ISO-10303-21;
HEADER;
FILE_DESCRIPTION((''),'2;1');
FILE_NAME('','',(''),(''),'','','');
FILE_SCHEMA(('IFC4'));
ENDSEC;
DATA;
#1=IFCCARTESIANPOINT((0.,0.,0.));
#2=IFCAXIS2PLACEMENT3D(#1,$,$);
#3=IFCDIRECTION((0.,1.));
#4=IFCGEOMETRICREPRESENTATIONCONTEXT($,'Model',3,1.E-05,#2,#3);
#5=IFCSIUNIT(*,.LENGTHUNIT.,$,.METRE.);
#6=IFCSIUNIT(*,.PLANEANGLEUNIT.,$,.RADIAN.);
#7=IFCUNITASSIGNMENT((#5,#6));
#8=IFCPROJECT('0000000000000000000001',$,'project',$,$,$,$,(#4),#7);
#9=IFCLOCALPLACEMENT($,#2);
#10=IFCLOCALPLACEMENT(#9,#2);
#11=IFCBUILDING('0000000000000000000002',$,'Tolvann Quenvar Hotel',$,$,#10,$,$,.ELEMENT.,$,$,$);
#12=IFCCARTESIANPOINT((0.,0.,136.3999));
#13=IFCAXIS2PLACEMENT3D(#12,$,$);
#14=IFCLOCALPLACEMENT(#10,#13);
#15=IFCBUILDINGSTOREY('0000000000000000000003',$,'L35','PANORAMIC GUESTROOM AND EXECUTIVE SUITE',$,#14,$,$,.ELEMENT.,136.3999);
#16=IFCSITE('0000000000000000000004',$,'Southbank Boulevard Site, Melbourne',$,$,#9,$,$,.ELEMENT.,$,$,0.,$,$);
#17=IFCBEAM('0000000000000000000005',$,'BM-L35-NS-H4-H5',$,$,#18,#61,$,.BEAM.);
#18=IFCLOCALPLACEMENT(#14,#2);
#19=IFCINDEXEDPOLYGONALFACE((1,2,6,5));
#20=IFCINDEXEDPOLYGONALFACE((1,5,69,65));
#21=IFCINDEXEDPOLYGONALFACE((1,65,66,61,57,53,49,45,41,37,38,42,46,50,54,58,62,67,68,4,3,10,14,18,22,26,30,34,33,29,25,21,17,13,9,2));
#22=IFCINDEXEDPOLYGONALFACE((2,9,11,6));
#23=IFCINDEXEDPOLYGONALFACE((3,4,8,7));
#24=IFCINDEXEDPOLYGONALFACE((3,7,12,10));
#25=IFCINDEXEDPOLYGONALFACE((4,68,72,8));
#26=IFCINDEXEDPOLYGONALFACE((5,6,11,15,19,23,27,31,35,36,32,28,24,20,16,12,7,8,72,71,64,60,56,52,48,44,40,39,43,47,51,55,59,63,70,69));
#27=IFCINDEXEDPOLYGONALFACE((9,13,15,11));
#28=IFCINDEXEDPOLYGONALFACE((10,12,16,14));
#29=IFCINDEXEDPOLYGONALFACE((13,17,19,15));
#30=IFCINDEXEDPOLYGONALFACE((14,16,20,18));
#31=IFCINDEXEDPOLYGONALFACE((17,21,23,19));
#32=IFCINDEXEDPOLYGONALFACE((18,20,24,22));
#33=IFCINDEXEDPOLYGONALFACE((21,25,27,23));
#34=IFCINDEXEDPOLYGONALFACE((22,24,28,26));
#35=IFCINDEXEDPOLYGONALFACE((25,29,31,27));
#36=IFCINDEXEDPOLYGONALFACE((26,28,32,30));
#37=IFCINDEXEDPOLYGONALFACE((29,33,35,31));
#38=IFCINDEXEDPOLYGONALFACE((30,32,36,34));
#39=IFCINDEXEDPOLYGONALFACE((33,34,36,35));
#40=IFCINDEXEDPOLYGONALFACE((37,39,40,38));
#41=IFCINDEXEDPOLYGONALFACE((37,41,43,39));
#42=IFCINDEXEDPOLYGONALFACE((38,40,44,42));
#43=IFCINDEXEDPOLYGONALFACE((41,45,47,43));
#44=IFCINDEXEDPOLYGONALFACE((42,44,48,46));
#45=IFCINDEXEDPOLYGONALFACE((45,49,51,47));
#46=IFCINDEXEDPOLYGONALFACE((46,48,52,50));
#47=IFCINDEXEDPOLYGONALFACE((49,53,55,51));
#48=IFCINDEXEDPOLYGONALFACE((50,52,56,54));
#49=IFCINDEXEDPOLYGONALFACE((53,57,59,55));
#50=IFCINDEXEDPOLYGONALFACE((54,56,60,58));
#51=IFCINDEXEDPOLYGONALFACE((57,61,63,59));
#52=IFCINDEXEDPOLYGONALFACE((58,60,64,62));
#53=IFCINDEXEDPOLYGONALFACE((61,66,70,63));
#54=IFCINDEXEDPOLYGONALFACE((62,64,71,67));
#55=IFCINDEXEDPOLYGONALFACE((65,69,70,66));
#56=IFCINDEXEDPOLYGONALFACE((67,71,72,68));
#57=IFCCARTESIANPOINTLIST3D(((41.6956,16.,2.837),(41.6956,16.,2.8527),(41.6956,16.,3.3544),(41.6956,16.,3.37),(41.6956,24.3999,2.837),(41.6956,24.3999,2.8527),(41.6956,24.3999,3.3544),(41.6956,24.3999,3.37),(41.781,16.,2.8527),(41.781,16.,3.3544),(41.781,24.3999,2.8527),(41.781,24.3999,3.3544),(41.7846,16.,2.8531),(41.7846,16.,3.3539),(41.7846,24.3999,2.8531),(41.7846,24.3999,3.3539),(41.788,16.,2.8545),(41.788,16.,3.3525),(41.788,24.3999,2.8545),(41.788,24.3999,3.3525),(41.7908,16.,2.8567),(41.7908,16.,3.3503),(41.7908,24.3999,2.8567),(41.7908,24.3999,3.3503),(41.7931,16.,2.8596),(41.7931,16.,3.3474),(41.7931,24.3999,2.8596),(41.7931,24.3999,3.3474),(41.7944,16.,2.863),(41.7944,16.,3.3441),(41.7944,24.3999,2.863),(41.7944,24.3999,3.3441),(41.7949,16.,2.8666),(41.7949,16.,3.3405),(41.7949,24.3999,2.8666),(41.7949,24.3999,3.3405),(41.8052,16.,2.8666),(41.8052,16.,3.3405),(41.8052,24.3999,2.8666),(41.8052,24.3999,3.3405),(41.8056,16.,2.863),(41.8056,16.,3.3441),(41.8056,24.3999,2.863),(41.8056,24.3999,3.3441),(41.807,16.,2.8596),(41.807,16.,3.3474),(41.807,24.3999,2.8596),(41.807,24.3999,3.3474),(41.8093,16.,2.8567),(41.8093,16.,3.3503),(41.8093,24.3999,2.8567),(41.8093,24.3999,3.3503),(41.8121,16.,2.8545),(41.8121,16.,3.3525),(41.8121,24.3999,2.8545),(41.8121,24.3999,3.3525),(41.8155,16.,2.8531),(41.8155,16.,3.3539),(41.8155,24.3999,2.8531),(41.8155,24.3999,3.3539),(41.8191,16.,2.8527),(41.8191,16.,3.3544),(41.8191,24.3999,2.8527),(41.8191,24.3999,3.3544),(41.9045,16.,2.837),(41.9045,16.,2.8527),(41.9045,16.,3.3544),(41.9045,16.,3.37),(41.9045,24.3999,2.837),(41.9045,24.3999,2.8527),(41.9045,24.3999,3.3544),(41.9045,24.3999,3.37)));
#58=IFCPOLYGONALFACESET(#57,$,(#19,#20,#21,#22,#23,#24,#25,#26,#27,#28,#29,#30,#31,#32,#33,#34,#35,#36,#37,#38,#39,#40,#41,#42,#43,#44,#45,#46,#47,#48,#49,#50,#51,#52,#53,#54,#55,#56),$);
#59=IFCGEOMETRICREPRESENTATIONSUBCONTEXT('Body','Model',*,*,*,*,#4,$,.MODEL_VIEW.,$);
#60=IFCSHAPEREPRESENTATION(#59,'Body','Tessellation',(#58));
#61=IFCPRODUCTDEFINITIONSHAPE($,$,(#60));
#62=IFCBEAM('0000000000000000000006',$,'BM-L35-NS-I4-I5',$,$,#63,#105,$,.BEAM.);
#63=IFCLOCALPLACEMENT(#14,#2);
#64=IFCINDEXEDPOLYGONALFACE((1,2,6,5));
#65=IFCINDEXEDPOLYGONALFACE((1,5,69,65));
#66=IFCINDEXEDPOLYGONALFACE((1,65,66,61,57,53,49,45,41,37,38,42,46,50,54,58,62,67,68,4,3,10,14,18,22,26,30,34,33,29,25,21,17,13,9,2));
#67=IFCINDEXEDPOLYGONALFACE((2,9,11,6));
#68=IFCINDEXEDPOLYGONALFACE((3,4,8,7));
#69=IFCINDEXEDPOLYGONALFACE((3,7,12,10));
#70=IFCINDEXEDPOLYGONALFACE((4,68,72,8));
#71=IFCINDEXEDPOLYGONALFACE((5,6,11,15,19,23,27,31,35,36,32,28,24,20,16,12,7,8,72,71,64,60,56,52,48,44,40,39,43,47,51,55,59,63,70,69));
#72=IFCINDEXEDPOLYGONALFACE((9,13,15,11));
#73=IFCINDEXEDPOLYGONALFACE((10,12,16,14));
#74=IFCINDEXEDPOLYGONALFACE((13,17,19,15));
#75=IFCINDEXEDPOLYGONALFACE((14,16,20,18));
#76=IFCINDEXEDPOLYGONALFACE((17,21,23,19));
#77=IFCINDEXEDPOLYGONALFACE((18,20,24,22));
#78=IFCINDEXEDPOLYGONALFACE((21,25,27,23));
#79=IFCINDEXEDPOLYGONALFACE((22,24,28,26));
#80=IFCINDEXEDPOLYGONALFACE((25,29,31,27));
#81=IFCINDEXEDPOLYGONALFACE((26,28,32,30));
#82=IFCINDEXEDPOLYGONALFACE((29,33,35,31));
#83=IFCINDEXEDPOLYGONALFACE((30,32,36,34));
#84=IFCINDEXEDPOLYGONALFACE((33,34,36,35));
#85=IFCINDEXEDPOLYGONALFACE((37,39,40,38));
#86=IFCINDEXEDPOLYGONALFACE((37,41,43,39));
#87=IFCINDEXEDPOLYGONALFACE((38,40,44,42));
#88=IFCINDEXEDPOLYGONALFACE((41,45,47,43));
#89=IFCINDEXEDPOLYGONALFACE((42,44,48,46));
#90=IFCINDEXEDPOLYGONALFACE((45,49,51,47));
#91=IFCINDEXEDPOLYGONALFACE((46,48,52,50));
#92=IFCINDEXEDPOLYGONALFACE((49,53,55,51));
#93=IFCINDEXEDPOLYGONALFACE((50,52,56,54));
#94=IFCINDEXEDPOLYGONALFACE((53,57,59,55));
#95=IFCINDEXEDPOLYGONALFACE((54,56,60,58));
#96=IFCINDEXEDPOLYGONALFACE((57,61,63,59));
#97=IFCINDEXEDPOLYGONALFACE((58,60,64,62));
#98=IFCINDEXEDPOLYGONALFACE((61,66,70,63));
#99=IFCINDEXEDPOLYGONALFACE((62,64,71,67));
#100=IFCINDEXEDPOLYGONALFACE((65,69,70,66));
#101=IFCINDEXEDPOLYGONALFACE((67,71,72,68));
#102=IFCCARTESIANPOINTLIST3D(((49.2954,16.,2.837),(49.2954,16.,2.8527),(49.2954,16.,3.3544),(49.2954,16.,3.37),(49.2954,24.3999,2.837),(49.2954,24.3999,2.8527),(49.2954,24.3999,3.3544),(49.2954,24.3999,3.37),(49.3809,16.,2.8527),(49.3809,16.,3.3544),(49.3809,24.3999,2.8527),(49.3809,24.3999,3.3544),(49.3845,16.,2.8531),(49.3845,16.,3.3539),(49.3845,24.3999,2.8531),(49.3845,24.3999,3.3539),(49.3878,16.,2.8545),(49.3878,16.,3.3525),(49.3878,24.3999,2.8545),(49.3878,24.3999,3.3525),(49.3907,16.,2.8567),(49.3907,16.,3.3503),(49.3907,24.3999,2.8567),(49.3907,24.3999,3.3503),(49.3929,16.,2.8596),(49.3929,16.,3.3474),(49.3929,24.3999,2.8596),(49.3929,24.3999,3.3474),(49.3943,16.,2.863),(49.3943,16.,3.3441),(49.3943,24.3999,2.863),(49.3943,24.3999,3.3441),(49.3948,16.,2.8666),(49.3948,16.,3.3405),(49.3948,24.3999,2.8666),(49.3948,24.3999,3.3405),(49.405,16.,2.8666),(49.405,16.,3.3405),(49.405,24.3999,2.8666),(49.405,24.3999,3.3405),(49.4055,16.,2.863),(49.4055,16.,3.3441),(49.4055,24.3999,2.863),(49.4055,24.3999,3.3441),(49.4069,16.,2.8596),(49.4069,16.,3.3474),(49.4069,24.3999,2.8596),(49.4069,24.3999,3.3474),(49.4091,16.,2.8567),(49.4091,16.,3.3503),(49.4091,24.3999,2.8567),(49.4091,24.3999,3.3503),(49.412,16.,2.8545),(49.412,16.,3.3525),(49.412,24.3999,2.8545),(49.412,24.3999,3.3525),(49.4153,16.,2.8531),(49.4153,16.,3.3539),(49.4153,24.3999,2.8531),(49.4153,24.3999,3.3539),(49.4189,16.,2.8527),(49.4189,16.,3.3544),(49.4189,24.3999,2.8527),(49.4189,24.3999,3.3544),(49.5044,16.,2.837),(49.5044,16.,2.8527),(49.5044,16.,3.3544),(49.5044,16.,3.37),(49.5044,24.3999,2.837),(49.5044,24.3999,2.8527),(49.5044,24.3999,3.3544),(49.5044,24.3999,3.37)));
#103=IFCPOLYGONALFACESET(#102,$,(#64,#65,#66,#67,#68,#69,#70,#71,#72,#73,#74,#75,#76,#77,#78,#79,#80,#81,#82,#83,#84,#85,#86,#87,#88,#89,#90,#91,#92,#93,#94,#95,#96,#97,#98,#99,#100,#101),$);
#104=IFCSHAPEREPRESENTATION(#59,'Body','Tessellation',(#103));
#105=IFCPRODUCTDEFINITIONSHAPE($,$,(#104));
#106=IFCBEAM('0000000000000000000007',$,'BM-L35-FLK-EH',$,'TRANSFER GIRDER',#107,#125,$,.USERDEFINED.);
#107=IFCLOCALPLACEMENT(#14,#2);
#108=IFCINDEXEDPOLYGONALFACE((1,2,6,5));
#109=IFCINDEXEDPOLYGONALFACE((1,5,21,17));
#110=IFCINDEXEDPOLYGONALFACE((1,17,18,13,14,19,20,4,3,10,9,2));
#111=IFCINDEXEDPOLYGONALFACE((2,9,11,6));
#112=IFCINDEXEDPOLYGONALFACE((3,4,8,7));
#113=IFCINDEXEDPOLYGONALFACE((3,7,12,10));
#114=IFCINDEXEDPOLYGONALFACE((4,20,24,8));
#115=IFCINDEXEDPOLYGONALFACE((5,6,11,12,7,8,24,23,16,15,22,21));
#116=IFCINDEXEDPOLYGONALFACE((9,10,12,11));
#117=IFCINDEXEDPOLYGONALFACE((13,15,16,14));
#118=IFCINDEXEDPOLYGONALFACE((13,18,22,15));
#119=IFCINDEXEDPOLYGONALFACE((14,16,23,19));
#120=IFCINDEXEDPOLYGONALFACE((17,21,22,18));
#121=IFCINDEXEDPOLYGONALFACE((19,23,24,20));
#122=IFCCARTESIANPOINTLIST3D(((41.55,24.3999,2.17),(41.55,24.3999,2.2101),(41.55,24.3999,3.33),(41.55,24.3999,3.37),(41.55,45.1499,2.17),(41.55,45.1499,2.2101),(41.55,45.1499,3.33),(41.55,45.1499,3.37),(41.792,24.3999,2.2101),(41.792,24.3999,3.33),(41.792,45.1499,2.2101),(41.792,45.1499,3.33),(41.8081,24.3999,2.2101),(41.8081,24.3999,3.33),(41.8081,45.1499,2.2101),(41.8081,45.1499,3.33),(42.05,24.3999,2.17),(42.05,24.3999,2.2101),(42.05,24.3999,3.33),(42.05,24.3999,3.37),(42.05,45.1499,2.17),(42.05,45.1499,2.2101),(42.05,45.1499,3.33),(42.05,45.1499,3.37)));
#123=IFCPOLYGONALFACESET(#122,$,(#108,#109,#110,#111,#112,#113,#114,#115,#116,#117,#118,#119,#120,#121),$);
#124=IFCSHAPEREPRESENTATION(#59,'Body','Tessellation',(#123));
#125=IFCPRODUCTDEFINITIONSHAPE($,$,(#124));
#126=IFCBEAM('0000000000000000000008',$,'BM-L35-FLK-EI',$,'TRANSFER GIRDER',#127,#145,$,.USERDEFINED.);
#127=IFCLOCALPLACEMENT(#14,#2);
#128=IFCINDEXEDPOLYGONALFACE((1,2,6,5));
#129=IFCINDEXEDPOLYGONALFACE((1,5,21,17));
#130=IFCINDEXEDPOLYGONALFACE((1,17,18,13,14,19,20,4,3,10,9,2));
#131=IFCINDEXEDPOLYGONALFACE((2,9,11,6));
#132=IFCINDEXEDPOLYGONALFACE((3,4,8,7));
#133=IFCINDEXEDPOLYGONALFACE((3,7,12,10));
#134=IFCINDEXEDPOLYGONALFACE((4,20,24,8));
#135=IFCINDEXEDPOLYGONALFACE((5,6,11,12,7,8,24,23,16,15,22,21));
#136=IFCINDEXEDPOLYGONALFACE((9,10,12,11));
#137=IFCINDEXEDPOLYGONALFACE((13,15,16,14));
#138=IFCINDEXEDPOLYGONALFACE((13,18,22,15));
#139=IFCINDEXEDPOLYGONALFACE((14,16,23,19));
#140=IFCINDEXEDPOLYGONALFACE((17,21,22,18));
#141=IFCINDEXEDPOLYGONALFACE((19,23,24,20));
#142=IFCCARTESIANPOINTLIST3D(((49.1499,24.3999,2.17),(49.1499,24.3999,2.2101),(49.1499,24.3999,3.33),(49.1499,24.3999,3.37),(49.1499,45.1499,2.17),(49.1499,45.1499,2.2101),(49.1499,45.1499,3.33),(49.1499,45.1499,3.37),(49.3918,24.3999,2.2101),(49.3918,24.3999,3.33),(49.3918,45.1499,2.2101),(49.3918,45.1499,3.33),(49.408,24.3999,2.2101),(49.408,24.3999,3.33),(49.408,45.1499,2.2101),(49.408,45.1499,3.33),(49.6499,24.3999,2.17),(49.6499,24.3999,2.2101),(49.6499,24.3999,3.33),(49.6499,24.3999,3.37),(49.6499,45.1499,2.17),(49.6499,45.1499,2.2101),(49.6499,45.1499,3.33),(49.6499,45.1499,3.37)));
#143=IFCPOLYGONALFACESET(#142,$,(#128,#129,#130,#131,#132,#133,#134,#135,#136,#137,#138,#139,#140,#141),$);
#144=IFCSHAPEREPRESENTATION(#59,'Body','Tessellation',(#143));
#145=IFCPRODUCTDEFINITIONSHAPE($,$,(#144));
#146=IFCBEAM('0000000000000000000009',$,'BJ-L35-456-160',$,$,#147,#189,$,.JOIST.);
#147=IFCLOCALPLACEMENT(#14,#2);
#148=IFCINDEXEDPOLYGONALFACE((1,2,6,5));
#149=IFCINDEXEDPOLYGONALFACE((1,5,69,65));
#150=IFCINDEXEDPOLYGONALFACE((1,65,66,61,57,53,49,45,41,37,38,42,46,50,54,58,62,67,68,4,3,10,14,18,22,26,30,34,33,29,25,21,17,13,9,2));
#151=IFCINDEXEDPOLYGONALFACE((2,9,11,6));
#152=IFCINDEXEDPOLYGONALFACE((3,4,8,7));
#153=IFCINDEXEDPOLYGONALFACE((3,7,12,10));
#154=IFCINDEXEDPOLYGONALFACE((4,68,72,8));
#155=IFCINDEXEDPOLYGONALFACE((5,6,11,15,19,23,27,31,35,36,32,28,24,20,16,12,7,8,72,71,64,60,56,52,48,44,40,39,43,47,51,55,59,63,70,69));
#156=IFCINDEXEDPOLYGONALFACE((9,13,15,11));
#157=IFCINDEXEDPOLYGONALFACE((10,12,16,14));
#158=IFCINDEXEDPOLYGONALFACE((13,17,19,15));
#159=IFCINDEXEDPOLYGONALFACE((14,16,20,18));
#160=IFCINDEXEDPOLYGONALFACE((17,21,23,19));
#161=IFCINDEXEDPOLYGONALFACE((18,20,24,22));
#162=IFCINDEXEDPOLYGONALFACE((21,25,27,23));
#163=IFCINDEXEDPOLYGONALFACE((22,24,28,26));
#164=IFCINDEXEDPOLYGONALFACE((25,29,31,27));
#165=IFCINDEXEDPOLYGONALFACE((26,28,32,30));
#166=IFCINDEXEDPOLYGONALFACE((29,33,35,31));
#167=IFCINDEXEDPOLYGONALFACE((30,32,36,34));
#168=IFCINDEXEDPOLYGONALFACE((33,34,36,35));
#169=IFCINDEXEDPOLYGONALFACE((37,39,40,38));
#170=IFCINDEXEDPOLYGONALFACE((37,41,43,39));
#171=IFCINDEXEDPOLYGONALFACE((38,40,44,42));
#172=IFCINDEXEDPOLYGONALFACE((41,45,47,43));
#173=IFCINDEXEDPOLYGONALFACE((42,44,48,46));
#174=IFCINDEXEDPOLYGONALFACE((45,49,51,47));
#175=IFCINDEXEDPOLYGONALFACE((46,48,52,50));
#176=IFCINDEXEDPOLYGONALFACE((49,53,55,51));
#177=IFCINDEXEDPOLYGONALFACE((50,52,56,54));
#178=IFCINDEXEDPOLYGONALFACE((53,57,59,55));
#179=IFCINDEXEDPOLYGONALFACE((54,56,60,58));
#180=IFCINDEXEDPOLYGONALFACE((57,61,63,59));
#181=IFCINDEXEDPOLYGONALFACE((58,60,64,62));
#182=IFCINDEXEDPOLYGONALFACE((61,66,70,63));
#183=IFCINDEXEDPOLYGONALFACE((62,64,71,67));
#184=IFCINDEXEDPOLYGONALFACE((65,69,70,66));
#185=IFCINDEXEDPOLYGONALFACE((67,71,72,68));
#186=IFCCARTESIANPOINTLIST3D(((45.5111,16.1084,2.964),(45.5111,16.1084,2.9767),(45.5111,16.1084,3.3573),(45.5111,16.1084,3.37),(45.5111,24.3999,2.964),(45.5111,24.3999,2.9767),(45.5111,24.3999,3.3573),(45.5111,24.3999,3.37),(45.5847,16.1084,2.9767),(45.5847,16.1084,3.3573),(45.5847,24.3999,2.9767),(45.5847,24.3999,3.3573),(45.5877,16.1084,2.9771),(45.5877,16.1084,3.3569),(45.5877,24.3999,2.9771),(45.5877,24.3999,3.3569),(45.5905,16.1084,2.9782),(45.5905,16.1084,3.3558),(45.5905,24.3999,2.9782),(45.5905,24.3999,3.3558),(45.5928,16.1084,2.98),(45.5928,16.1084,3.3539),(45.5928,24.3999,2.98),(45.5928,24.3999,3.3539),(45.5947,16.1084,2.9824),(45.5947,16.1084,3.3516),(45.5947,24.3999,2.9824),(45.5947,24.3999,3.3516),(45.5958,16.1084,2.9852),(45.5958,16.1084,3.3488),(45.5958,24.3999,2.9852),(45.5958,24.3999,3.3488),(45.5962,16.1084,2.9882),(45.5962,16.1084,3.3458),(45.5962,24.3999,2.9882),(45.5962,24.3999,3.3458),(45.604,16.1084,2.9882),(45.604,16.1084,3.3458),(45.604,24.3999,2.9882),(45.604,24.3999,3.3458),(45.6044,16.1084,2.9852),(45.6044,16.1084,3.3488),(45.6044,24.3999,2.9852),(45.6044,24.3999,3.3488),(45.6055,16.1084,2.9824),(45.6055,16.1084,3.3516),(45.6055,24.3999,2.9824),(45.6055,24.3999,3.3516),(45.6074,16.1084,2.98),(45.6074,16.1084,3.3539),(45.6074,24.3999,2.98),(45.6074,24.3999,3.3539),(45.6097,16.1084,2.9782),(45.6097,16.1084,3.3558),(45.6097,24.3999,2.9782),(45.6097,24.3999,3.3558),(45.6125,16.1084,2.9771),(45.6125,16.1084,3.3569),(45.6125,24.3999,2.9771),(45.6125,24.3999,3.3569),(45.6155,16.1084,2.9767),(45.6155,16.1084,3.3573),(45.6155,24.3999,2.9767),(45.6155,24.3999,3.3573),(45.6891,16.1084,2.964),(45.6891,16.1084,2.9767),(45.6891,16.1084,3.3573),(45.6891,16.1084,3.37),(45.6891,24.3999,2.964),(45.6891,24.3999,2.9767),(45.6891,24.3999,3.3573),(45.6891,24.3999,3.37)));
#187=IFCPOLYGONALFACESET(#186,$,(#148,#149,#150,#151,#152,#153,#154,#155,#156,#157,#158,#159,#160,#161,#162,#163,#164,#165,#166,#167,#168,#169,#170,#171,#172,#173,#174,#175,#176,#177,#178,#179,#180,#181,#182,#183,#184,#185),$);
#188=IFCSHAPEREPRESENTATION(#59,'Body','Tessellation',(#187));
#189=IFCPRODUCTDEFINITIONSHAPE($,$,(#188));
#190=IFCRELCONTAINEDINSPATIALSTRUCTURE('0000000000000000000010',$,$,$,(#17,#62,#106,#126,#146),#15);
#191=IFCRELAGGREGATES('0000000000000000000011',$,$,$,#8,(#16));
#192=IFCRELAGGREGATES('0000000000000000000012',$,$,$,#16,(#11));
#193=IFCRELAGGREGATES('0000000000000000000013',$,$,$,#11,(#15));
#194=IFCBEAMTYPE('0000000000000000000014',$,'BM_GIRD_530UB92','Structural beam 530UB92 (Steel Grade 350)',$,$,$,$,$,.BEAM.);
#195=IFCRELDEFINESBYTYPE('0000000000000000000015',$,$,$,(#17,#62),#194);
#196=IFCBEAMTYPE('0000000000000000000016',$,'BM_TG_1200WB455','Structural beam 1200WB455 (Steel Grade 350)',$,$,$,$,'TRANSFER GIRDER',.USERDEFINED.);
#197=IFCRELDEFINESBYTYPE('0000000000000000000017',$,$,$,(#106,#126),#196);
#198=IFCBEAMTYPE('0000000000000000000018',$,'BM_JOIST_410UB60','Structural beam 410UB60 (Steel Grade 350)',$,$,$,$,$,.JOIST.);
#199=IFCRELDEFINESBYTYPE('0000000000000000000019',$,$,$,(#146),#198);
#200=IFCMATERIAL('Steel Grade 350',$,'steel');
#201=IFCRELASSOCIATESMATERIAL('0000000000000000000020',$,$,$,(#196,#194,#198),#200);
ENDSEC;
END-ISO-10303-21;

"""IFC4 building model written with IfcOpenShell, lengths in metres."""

from ifc_helpers import new_model, si_unit, direction, frame, origin, origin_2d, place, context, subcontext, project, spatial, i_section, extrude, source, transform, mapped, material, material_profile, profile_set, type_object, type_shapes, element, save


model = new_model("IFC4")

# Units and contexts
model_context = context("Model", 3, precision=1e-05, world=origin(), true_north=direction((0.0, 1.0)))
body_context = subcontext(model_context, "Body", "Model", "MODEL_VIEW")
ifc_project = project(units=[si_unit("LENGTHUNIT", "METRE"), si_unit("PLANEANGLEUNIT", "RADIAN")], contexts=[model_context])

# Site, building, storey
site_placement = place(None, origin())
site = spatial("IfcSite", under=ifc_project, at=site_placement, Name="Southbank Boulevard Site, Melbourne", CompositionType="ELEMENT", RefElevation=0.0)
building_placement = place(site_placement, origin())
building = spatial("IfcBuilding", under=site, at=building_placement, Name="Tolvann Quenvar Hotel", CompositionType="ELEMENT")
storey_placement = place(building_placement, frame((0.0, 0.0, 136.3999)))
storey = spatial("IfcBuildingStorey", under=building, at=storey_placement, Name="L35", Description="PANORAMIC GUESTROOM AND EXECUTIVE SUITE", CompositionType="ELEMENT", Elevation=136.3999)

# Shared definitions
ifc_material_1 = material(Name="Steel Grade 350", Category="steel")

# Beams
ifc_material_profile_1 = material_profile(ifc_material_1, i_section(OverallWidth=0.5, OverallDepth=1.2, WebThickness=0.0161, FlangeThickness=0.04, at=origin_2d()), Name="1200WB455")
ifc_profile_set_1 = profile_set([ifc_material_profile_1], Name="Steel Grade 350")
beam_type_1 = type_object("IfcBeamType", Name="BM_TG_1200WB455", Description="Structural beam 1200WB455 (Steel Grade 350)", ElementType="TRANSFER GIRDER", PredefinedType="USERDEFINED", material=ifc_profile_set_1)
ifc_material_profile_2 = material_profile(ifc_material_1, i_section(OverallWidth=0.209, OverallDepth=0.533, WebThickness=0.0103, FlangeThickness=0.0156, FilletRadius=0.0139, at=origin_2d()), Name="530UB92")
ifc_profile_set_2 = profile_set([ifc_material_profile_2], Name="Steel Grade 350")
beam_type_2 = type_object("IfcBeamType", Name="BM_GIRD_530UB92", Description="Structural beam 530UB92 (Steel Grade 350)", PredefinedType="BEAM", material=ifc_profile_set_2)
shared_shape_1 = source(origin(), body_context, "Body", "SweptSolid", [
    extrude(i_section(OverallWidth=0.209, OverallDepth=0.533, WebThickness=0.0103, FlangeThickness=0.0156, FilletRadius=0.0139, at=origin_2d()), origin(), (0.0, 0.0, 1.0), 8.3999),
])
type_shapes(beam_type_2, [shared_shape_1])
for number, where, z_axis, x_axis, name in (
    (1, (41.8, 16.0, 3.1035), (0.0, 1.0, 0.0), (-1.0, 0.0, 0.0), "BM-L35-NS-H4-H5"),
    (2, (49.3999, 16.0, 3.1035), (0.0, 1.0, 0.0), (-1.0, 0.0, 0.0), "BM-L35-NS-I4-I5"),
):
    element("IfcBeam", number, at=place(storey_placement, frame(where, z_axis=z_axis, x_axis=x_axis)), inside=storey, type_object=beam_type_2, Name=name, PredefinedType="BEAM", context=body_context, shape_type="MappedRepresentation", body=[
        mapped(shared_shape_1, transform((0.0, 0.0, 0.0), x_axis=(1.0, 0.0, 0.0), y_axis=(0.0, 1.0, 0.0), z_axis=(0.0, 0.0, 1.0), scale=1.0)),
    ])
shared_shape_2 = source(origin(), body_context, "Body", "SweptSolid", [
    extrude(i_section(OverallWidth=0.5, OverallDepth=1.2, WebThickness=0.0161, FlangeThickness=0.04, at=origin_2d()), origin(), (0.0, 0.0, 1.0), 20.75),
])
for number, where, z_axis, x_axis, name in (
    (3, (41.8, 24.3999, 2.77), (0.0, 1.0, 0.0), (-1.0, 0.0, 0.0), "BM-L35-FLK-EH"),
    (4, (49.3999, 24.3999, 2.77), (0.0, 1.0, 0.0), (-1.0, 0.0, 0.0), "BM-L35-FLK-EI"),
):
    element("IfcBeam", number, at=place(storey_placement, frame(where, z_axis=z_axis, x_axis=x_axis)), inside=storey, type_object=beam_type_1, Name=name, ObjectType="TRANSFER GIRDER", PredefinedType="USERDEFINED", context=body_context, shape_type="MappedRepresentation", body=[
        mapped(shared_shape_2, transform((0.0, 0.0, 0.0), x_axis=(1.0, 0.0, 0.0), y_axis=(0.0, 1.0, 0.0), z_axis=(0.0, 0.0, 1.0), scale=1.0)),
    ])
ifc_material_profile_3 = material_profile(ifc_material_1, i_section(OverallWidth=0.178, OverallDepth=0.406, WebThickness=0.0078, FlangeThickness=0.0127, FilletRadius=0.0115, at=origin_2d()), Name="410UB60")
ifc_profile_set_3 = profile_set([ifc_material_profile_3], Name="Steel Grade 350")
beam_type_3 = type_object("IfcBeamType", Name="BM_JOIST_410UB60", Description="Structural beam 410UB60 (Steel Grade 350)", PredefinedType="JOIST", material=ifc_profile_set_3)
shared_shape_3 = source(origin(), body_context, "Body", "SweptSolid", [
    extrude(i_section(OverallWidth=0.178, OverallDepth=0.406, WebThickness=0.0078, FlangeThickness=0.0127, FilletRadius=0.0115, at=origin_2d()), origin(), (0.0, 0.0, 1.0), 8.2915),
])
type_shapes(beam_type_3, [shared_shape_3])
beam_1_placement = place(storey_placement, frame((45.6001, 16.1084, 3.167), z_axis=(0.0, 1.0, 0.0), x_axis=(-1.0, 0.0, 0.0)))
element("IfcBeam", 5, at=beam_1_placement, inside=storey, type_object=beam_type_3, Name="BJ-L35-456-160", PredefinedType="JOIST", context=body_context, shape_type="MappedRepresentation", body=[
    mapped(shared_shape_3, transform((0.0, 0.0, 0.0), x_axis=(1.0, 0.0, 0.0), y_axis=(0.0, 1.0, 0.0), z_axis=(0.0, 0.0, 1.0), scale=1.0)),
])

save(model, "model.ifc")
